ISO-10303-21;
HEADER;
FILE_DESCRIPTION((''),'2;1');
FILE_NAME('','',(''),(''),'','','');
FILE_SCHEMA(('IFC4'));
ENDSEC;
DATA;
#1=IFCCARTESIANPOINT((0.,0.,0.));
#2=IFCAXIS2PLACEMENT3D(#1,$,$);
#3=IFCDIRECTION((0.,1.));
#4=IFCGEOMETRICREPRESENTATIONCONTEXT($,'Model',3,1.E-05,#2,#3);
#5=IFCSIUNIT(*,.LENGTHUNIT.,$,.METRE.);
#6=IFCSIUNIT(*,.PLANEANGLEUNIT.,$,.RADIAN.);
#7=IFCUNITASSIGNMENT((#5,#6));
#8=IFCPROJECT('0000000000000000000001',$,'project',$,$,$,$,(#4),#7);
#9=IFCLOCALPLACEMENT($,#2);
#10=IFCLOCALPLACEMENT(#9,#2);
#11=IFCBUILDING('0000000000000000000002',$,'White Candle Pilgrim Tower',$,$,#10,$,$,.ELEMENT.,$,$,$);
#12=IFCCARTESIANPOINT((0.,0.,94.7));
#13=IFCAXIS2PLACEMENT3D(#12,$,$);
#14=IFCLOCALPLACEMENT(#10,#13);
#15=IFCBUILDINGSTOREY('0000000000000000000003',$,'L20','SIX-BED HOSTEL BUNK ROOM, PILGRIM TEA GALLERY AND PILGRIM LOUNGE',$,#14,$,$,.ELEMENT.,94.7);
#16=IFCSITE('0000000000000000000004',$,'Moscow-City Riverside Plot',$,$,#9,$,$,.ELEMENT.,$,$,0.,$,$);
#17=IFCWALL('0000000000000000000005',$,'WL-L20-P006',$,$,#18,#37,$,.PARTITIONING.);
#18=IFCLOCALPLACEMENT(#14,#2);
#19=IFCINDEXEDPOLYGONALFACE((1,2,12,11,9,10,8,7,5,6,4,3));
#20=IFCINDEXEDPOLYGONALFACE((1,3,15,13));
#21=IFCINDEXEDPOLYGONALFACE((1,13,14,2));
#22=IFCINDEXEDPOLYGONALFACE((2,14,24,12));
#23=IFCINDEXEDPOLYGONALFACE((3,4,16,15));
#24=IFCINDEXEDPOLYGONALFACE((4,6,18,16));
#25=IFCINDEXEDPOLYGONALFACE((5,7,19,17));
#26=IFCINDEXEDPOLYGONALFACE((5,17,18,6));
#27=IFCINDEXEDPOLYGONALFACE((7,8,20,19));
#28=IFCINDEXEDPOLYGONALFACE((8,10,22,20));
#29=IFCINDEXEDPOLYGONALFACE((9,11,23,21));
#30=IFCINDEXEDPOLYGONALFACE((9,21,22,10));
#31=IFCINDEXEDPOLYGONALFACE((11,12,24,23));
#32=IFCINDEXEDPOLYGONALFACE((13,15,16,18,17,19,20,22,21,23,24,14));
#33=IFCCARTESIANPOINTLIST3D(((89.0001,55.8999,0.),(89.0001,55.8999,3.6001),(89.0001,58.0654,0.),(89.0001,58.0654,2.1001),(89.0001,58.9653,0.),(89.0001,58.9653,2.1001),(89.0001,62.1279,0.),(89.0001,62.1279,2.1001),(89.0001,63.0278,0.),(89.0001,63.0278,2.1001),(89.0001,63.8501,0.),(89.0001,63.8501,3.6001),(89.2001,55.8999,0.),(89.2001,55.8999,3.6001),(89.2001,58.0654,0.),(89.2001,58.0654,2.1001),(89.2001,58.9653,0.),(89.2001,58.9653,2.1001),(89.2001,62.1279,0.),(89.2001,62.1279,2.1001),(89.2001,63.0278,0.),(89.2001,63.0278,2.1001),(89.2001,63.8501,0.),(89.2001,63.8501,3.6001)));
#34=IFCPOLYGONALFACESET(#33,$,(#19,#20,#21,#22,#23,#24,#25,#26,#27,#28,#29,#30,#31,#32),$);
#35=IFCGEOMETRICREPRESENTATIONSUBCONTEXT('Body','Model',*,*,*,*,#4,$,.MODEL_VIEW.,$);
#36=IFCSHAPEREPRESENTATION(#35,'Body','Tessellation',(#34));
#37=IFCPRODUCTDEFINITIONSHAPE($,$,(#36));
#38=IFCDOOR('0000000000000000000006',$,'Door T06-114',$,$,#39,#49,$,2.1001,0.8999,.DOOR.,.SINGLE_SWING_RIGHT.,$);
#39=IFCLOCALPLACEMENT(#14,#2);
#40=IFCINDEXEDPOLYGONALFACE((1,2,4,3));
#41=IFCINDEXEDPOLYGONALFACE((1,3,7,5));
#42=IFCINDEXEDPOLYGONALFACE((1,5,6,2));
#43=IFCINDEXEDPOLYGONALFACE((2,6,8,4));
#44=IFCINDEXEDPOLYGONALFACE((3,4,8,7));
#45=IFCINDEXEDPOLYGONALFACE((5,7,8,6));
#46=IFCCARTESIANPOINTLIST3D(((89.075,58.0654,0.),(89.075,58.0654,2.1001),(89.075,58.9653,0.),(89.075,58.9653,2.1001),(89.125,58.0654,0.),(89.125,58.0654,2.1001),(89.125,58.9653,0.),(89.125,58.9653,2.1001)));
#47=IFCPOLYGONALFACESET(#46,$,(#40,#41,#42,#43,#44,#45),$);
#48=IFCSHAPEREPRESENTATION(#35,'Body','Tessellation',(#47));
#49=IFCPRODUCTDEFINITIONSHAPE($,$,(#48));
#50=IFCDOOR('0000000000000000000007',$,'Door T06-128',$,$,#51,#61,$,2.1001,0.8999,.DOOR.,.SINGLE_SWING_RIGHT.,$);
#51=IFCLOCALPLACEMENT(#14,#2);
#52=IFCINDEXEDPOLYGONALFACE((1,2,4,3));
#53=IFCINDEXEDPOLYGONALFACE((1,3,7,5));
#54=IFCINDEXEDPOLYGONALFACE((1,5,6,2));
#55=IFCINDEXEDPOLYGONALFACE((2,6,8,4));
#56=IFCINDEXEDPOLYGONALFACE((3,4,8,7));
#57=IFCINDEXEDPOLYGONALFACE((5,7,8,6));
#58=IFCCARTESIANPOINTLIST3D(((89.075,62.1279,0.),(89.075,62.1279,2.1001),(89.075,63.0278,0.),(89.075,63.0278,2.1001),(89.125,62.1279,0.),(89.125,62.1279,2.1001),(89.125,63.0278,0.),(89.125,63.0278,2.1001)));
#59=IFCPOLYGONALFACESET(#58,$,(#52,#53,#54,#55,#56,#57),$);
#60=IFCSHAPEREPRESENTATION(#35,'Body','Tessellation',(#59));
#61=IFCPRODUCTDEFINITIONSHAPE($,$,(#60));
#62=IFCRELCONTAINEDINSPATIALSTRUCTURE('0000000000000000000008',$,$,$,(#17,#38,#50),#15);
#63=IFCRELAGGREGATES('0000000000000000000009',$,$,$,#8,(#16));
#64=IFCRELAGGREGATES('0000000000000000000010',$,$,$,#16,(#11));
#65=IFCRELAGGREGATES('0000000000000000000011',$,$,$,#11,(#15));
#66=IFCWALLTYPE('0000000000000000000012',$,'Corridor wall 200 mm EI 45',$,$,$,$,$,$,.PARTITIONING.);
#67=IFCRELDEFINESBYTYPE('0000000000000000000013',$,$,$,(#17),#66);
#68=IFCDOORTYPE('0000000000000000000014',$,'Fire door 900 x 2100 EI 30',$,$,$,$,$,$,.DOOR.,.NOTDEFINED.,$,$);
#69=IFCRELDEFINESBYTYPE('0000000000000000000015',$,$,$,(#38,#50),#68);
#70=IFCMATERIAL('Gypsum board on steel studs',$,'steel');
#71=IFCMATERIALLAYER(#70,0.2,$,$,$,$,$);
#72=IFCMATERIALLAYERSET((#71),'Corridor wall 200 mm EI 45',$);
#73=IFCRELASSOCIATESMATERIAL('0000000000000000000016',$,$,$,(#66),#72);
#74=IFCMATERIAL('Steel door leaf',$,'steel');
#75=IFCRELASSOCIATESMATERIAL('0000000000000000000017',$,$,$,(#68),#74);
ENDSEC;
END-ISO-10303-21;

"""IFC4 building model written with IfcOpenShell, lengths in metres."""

from ifc_helpers import new_model, si_unit, direction, frame, frame_2d, origin, place, context, subcontext, project, spatial, rectangle, extrude, material, layer, layer_set, type_object, element, fill, save


model = new_model("IFC4")

# Units and contexts
model_context = context("Model", 3, precision=1e-05, world=origin(), true_north=direction((0.0, 1.0)))
body_context = subcontext(model_context, "Body", "Model", "MODEL_VIEW")
ifc_project = project(units=[si_unit("LENGTHUNIT", "METRE"), si_unit("PLANEANGLEUNIT", "RADIAN")], contexts=[model_context])

# Site, building, storey
site_placement = place(None, origin())
site = spatial("IfcSite", under=ifc_project, at=site_placement, Name="Moscow-City Riverside Plot", CompositionType="ELEMENT", RefElevation=0.0)
building_placement = place(site_placement, origin())
building = spatial("IfcBuilding", under=site, at=building_placement, Name="White Candle Pilgrim Tower", CompositionType="ELEMENT")
storey_placement = place(building_placement, frame((0.0, 0.0, 94.7)))
storey = spatial("IfcBuildingStorey", under=building, at=storey_placement, Name="L20", Description="SIX-BED HOSTEL BUNK ROOM, PILGRIM TEA GALLERY AND PILGRIM LOUNGE", CompositionType="ELEMENT", Elevation=94.7)

# Wall, openings, doors
ifc_material_1 = material(Name="Gypsum board on steel studs", Category="steel")
ifc_layer_1 = layer(ifc_material_1, 0.2)
ifc_layer_set_1 = layer_set([ifc_layer_1], Name="Corridor wall 200 mm EI 45")
wall_type_1 = type_object("IfcWallType", Name="Corridor wall 200 mm EI 45", PredefinedType="PARTITIONING", material=ifc_layer_set_1)
wall_1_placement = place(storey_placement, frame((89.1001, 63.8501, 0.0), z_axis=(0.0, 0.0, 1.0), x_axis=(0.0, -1.0, 0.0)))
wall_1 = element("IfcWall", 1, at=wall_1_placement, inside=storey, type_object=wall_type_1, Name="WL-L20-P006", PredefinedType="PARTITIONING", context=body_context, shape_type="SweptSolid", body=[
    extrude(rectangle(XDim=7.9502, YDim=0.2, at=frame_2d((3.9751, 0.0))), origin(), (0.0, 0.0, 1.0), 3.6001),
])
opening_1_placement = place(wall_1_placement, frame((4.8848, 0.0, 0.0)))
opening_1 = element("IfcOpeningElement", 2, at=opening_1_placement, cuts=wall_1, PredefinedType="OPENING", context=body_context, shape_type="SweptSolid", body=[
    extrude(rectangle(XDim=0.8999, YDim=2.1001, at=frame_2d((0.45, 1.05))), frame((0.0, 0.1099, 0.0), z_axis=(0.0, -1.0, 0.0), x_axis=(1.0, 0.0, 0.0)), (0.0, 0.0, 1.0), 0.22),
])
opening_2_placement = place(wall_1_placement, frame((0.8223, 0.0, 0.0)))
opening_2 = element("IfcOpeningElement", 3, at=opening_2_placement, cuts=wall_1, PredefinedType="OPENING", context=body_context, shape_type="SweptSolid", body=[
    extrude(rectangle(XDim=0.8999, YDim=2.1001, at=frame_2d((0.45, 1.05))), frame((0.0, 0.1099, 0.0), z_axis=(0.0, -1.0, 0.0), x_axis=(1.0, 0.0, 0.0)), (0.0, 0.0, 1.0), 0.22),
])
ifc_material_2 = material(Name="Steel door leaf", Category="steel")
door_type_1 = type_object("IfcDoorType", Name="Fire door 900 x 2100 EI 30", OperationType="NOTDEFINED", PredefinedType="DOOR", material=ifc_material_2)
door_1_placement = place(opening_1_placement, origin())
door_1 = element("IfcDoor", 4, at=door_1_placement, inside=storey, type_object=door_type_1, Name="Door T06-114", OperationType="SINGLE_SWING_RIGHT", OverallHeight=2.1001, OverallWidth=0.8999, PredefinedType="DOOR", context=body_context, shape_type="SweptSolid", body=[
    extrude(rectangle(XDim=0.8999, YDim=2.1001, at=frame_2d((0.45, 1.05))), frame((0.0, 0.0249, 0.0), z_axis=(0.0, -1.0, 0.0), x_axis=(1.0, 0.0, 0.0)), (0.0, 0.0, 1.0), 0.05),
])
fill(opening_1, door_1)
door_2_placement = place(opening_2_placement, origin())
door_2 = element("IfcDoor", 5, at=door_2_placement, inside=storey, type_object=door_type_1, Name="Door T06-128", OperationType="SINGLE_SWING_RIGHT", OverallHeight=2.1001, OverallWidth=0.8999, PredefinedType="DOOR", context=body_context, shape_type="SweptSolid", body=[
    extrude(rectangle(XDim=0.8999, YDim=2.1001, at=frame_2d((0.45, 1.05))), frame((0.0, 0.0249, 0.0), z_axis=(0.0, -1.0, 0.0), x_axis=(1.0, 0.0, 0.0)), (0.0, 0.0, 1.0), 0.05),
])
fill(opening_2, door_2)

save(model, "model.ifc")
